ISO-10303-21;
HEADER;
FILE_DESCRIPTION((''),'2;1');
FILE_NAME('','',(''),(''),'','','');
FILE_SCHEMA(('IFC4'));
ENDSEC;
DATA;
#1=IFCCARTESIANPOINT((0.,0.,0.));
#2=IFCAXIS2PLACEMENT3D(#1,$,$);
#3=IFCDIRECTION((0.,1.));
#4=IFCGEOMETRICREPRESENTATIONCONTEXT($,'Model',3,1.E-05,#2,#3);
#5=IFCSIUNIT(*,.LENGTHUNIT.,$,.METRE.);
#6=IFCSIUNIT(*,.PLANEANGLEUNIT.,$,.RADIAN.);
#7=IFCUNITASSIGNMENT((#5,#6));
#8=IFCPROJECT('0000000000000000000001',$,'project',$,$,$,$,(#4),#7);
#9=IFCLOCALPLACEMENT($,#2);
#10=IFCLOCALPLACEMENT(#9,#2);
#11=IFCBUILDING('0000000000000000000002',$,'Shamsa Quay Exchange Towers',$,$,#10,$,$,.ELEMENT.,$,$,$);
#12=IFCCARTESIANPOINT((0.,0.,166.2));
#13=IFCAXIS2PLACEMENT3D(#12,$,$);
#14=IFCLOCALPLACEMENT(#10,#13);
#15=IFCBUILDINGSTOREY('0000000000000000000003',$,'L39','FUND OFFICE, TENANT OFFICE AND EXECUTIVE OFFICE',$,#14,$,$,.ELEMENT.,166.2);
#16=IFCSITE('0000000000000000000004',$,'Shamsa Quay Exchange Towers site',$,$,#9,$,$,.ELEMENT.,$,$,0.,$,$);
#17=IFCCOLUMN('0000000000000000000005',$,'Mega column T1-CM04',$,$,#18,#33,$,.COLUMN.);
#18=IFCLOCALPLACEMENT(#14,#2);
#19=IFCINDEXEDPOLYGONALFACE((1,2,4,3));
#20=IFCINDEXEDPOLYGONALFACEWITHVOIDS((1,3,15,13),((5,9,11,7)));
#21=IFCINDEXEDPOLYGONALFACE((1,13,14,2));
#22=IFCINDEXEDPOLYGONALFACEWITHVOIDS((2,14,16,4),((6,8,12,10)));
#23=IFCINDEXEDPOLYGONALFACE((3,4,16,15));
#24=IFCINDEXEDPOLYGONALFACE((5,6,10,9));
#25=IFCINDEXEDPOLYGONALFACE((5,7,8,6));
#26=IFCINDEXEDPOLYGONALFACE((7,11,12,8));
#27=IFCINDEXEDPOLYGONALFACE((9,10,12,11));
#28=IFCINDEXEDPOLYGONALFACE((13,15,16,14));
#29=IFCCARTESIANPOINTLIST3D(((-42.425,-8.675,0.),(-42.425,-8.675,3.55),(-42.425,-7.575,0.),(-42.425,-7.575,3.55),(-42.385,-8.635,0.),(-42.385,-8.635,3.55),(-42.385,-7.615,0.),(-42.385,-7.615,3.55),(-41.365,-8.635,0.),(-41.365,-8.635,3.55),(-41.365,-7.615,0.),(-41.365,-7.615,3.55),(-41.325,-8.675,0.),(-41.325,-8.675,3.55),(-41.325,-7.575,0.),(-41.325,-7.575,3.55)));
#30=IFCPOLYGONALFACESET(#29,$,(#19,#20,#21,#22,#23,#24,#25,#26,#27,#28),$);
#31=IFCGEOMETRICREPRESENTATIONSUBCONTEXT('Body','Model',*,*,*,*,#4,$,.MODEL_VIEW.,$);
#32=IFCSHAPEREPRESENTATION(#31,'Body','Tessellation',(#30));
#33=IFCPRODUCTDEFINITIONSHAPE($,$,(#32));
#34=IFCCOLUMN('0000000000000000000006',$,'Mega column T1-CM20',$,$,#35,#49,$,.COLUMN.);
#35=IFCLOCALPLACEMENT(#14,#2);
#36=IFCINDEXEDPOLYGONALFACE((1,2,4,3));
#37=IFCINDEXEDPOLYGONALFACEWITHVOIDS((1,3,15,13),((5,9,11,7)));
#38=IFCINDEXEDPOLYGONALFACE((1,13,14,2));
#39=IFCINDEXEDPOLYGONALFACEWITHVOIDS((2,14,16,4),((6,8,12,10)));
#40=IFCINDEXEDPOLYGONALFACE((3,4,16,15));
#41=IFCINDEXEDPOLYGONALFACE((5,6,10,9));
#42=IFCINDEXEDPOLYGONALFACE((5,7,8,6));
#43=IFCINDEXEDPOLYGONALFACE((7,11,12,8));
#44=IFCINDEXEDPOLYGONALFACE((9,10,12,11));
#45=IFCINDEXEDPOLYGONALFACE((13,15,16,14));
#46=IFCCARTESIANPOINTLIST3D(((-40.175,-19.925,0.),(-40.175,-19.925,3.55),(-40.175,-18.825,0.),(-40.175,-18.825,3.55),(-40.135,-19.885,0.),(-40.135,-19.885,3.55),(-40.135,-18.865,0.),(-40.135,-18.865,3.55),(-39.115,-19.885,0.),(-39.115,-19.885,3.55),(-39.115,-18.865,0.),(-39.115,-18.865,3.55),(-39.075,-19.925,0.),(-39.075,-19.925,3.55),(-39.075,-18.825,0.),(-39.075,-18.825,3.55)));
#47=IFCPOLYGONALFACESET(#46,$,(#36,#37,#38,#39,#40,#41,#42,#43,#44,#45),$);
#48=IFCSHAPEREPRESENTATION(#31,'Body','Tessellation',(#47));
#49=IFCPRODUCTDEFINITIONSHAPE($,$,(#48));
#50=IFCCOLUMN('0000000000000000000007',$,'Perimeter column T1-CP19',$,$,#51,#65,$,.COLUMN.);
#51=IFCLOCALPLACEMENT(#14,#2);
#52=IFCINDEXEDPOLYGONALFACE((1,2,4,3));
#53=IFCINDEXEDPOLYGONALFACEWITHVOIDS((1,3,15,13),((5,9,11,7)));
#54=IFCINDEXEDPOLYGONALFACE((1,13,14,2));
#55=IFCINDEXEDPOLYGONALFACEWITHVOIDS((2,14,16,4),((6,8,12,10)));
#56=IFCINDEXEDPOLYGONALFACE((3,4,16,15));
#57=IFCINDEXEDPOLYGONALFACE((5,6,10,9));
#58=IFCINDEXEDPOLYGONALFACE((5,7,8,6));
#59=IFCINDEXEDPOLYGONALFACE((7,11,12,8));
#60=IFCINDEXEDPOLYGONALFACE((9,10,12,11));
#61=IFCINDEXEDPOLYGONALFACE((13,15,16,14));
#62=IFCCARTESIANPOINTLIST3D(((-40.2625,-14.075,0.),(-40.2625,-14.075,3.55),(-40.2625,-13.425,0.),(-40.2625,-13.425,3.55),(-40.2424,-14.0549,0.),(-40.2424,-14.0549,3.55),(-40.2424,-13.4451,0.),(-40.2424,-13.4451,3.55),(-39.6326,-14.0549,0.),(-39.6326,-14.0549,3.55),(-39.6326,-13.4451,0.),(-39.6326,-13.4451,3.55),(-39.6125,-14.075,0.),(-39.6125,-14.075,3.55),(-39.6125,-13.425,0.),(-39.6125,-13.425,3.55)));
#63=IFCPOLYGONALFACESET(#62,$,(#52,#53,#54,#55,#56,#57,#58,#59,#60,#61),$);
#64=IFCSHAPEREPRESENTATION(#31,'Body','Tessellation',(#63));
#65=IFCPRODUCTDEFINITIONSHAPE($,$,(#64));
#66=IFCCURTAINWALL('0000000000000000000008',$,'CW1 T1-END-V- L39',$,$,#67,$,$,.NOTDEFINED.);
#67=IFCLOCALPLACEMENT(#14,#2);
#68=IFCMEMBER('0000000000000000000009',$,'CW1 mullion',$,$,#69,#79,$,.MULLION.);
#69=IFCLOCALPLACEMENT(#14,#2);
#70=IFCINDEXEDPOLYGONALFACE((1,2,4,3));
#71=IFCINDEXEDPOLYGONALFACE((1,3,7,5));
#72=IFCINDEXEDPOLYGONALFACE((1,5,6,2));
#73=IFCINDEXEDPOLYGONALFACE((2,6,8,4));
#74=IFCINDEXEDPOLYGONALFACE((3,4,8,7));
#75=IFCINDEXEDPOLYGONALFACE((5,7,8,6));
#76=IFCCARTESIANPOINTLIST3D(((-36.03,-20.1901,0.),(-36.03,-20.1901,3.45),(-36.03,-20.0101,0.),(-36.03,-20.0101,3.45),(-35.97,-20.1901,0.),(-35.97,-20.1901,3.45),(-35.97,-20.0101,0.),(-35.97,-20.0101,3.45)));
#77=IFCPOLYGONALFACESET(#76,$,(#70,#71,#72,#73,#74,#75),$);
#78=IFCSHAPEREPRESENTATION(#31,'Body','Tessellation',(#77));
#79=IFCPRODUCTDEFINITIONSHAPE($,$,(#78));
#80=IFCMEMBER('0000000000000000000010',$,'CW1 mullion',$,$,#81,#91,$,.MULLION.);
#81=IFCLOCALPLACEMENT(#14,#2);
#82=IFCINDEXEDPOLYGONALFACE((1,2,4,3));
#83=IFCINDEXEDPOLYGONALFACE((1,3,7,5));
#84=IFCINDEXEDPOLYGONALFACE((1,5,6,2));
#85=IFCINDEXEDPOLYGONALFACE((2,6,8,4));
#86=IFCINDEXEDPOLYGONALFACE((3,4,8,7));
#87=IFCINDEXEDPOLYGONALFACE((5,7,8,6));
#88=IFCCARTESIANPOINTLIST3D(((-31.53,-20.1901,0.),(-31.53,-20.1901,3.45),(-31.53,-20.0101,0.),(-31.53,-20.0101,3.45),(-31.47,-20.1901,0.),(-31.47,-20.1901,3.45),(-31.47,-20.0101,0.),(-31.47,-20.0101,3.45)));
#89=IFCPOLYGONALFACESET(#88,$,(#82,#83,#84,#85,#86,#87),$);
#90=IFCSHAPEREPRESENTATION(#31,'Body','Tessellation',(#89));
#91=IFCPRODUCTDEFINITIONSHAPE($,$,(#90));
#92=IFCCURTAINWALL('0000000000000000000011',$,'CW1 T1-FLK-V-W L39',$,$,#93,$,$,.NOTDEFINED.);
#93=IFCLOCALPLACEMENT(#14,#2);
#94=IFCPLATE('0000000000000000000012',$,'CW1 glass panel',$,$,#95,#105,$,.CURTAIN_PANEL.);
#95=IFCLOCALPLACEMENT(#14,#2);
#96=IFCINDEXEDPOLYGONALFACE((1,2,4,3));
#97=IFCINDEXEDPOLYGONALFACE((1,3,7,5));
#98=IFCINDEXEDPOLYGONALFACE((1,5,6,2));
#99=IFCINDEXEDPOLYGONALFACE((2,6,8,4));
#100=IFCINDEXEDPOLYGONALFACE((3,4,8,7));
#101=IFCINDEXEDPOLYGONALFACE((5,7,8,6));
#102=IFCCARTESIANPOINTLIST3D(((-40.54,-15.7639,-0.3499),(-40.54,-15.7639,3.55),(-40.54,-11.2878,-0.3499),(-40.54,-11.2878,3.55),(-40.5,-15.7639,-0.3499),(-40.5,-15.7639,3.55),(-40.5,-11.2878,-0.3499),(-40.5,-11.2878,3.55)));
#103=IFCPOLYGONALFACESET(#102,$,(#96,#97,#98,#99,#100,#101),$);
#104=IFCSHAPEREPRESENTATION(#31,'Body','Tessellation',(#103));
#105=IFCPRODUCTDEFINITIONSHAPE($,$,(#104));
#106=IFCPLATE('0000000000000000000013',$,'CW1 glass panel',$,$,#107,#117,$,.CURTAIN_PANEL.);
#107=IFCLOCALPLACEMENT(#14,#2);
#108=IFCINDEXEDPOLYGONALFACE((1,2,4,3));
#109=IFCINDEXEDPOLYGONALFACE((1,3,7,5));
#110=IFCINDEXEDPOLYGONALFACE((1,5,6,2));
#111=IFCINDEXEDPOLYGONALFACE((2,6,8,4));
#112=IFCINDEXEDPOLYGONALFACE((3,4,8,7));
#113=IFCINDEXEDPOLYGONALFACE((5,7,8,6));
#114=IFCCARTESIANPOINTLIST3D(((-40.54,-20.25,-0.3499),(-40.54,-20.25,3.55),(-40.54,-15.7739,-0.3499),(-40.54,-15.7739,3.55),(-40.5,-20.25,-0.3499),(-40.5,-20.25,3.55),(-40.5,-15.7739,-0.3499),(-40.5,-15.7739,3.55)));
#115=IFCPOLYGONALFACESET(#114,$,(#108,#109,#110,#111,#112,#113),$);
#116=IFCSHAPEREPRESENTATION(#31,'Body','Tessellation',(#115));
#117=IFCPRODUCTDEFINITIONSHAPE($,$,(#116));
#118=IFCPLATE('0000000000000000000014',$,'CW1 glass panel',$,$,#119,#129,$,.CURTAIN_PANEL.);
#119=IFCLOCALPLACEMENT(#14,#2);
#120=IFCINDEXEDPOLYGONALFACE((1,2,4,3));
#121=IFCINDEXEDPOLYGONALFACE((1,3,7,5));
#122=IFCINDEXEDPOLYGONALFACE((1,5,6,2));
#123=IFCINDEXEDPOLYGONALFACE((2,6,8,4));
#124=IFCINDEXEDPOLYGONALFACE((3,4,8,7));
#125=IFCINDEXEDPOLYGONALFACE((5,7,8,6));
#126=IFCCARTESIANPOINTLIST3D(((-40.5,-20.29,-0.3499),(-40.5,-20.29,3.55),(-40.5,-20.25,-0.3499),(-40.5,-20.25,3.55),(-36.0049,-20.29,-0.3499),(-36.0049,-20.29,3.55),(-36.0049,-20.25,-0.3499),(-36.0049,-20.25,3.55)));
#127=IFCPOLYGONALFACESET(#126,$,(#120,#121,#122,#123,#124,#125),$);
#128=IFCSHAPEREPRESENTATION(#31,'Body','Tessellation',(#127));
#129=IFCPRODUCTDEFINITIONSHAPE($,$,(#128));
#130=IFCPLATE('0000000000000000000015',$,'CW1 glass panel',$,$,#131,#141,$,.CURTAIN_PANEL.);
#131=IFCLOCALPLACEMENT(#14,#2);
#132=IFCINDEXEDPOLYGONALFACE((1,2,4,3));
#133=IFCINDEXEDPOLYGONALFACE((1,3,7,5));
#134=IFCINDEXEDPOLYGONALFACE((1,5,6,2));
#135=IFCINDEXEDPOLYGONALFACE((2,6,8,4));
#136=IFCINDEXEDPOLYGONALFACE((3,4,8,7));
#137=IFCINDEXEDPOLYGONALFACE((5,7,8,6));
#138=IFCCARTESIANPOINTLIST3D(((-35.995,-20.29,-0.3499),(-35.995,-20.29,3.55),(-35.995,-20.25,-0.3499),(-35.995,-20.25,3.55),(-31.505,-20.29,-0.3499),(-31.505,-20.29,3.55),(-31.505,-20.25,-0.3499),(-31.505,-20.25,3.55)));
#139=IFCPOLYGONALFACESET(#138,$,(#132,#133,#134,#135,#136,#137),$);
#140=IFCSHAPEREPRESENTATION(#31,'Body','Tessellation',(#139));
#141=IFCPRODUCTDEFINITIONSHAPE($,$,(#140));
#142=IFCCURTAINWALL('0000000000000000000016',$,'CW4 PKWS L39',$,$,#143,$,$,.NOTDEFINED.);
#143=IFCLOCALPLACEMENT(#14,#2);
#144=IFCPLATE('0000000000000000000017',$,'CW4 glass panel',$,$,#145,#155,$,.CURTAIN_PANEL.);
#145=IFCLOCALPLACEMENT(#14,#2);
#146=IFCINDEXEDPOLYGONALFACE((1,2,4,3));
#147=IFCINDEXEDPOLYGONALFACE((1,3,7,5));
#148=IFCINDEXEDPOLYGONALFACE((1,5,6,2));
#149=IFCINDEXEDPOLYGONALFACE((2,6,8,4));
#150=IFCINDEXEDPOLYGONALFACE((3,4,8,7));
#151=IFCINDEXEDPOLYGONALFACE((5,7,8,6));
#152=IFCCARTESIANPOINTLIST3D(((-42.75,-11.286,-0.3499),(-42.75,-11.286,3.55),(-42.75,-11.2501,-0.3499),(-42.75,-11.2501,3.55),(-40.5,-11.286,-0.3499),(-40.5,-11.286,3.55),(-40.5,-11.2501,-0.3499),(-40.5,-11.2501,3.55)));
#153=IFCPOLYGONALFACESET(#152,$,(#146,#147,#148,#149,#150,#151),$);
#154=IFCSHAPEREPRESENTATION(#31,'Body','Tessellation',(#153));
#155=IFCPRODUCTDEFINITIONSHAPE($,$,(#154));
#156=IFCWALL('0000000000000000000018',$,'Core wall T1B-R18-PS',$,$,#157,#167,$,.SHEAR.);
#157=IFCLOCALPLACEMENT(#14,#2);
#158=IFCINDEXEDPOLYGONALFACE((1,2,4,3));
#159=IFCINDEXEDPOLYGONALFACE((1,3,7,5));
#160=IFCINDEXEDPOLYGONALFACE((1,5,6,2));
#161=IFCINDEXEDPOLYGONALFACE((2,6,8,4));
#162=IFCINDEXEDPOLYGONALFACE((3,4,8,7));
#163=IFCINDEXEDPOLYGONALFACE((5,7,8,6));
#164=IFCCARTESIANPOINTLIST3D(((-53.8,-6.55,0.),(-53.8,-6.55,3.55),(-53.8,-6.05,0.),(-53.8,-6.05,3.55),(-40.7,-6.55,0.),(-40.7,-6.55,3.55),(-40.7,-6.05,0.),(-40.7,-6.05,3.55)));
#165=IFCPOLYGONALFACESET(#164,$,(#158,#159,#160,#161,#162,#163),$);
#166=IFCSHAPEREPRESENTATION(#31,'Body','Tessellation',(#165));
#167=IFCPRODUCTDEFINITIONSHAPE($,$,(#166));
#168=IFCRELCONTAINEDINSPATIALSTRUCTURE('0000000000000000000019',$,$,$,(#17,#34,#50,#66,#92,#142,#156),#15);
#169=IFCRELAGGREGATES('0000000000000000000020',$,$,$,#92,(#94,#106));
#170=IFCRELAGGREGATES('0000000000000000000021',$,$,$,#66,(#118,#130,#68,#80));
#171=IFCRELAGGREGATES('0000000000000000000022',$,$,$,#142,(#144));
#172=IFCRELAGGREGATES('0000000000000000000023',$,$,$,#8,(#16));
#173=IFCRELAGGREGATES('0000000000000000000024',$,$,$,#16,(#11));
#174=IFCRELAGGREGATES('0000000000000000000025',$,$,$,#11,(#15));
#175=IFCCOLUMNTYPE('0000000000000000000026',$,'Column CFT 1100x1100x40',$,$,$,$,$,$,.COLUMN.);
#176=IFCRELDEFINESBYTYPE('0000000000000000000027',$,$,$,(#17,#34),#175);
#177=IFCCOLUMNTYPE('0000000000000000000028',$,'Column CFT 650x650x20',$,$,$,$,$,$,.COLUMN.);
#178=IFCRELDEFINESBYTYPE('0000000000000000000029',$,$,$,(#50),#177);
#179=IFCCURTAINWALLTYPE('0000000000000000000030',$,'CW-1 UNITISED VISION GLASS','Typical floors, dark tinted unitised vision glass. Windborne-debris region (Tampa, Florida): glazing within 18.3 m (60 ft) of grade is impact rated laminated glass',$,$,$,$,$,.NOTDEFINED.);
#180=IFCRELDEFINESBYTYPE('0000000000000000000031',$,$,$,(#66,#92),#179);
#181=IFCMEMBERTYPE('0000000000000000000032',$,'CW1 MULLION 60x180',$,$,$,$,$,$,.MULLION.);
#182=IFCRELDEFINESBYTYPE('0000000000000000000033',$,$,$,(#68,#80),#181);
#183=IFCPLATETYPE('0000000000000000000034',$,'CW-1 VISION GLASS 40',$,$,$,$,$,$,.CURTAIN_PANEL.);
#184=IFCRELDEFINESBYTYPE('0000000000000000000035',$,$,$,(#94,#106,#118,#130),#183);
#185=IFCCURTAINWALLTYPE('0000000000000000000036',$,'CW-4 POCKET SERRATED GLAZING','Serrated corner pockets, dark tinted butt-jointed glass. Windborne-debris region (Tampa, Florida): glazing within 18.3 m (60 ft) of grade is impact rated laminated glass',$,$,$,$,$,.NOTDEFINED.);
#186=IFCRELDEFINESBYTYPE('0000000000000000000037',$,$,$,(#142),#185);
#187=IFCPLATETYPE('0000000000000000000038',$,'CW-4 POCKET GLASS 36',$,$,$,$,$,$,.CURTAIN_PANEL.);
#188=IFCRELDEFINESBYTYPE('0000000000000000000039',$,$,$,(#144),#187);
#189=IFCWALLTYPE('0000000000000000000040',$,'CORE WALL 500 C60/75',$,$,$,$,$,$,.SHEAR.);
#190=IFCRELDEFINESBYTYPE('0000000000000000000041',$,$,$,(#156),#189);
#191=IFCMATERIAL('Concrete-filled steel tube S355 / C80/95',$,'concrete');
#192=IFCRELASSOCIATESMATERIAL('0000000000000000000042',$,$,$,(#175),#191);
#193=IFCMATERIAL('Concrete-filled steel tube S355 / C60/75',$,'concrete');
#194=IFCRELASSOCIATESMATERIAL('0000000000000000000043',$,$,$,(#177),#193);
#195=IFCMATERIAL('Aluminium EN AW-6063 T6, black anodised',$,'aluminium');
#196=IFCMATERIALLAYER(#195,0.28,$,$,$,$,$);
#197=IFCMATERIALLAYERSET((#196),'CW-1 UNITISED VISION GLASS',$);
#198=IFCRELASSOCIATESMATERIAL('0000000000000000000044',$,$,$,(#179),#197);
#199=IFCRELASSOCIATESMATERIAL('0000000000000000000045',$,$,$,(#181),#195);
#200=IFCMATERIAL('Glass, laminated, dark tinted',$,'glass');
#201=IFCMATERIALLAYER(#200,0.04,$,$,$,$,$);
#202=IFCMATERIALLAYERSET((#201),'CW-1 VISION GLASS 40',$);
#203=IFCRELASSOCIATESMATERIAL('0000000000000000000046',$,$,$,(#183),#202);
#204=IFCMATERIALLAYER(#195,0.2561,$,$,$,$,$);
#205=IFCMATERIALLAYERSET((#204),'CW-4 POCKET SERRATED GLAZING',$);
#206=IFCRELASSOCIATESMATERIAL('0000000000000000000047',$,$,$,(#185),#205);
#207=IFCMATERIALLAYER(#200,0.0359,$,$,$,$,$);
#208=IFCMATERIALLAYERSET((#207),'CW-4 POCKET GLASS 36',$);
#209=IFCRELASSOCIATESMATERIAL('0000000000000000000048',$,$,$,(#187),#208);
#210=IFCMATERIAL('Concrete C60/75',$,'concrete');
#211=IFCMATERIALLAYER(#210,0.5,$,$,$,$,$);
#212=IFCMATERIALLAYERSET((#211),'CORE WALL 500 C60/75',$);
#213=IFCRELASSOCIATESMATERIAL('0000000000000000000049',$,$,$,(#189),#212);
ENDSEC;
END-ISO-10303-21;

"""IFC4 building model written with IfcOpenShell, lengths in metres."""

from ifc_helpers import new_model, si_unit, direction, frame, frame_2d, origin, origin_2d, place, context, subcontext, project, spatial, rectangle, hollow_rectangle, extrude, material, layer, layer_set, material_profile, profile_set, type_object, element, aggregate, save


model = new_model("IFC4")

# Units and contexts
model_context = context("Model", 3, precision=1e-05, world=origin(), true_north=direction((0.0, 1.0)))
body_context = subcontext(model_context, "Body", "Model", "MODEL_VIEW")
ifc_project = project(units=[si_unit("LENGTHUNIT", "METRE"), si_unit("PLANEANGLEUNIT", "RADIAN")], contexts=[model_context])

# Site, building, storey
site_placement = place(None, origin())
site = spatial("IfcSite", under=ifc_project, at=site_placement, Name="Shamsa Quay Exchange Towers site", CompositionType="ELEMENT", RefElevation=0.0)
building_placement = place(site_placement, origin())
building = spatial("IfcBuilding", under=site, at=building_placement, Name="Shamsa Quay Exchange Towers", CompositionType="ELEMENT")
storey_placement = place(building_placement, frame((0.0, 0.0, 166.2)))
storey = spatial("IfcBuildingStorey", under=building, at=storey_placement, Name="L39", Description="FUND OFFICE, TENANT OFFICE AND EXECUTIVE OFFICE", CompositionType="ELEMENT", Elevation=166.2)

# Columns
ifc_material_1 = material(Name="Concrete-filled steel tube S355 / C80/95", Category="concrete")
ifc_material_profile_1 = material_profile(ifc_material_1, hollow_rectangle(XDim=1.1001, YDim=1.1001, WallThickness=0.04, at=origin_2d()), Name="CFT 1100x1100x40")
ifc_profile_set_1 = profile_set([ifc_material_profile_1], Name="Concrete-filled steel tube S355 / C80/95")
column_type_1 = type_object("IfcColumnType", Name="Column CFT 1100x1100x40", PredefinedType="COLUMN", material=ifc_profile_set_1)
for number, where, name in (
    (1, (-41.875, -8.125, 0.0), "Mega column T1-CM04"),
    (2, (-39.625, -19.375, 0.0), "Mega column T1-CM20"),
):
    element("IfcColumn", number, at=place(storey_placement, frame(where)), inside=storey, type_object=column_type_1, Name=name, PredefinedType="COLUMN", context=body_context, shape_type="SweptSolid", body=[
        extrude(hollow_rectangle(XDim=1.1001, YDim=1.1001, WallThickness=0.04, at=origin_2d()), origin(), (0.0, 0.0, 1.0), 3.55),
    ])
ifc_material_2 = material(Name="Concrete-filled steel tube S355 / C60/75", Category="concrete")
ifc_material_profile_2 = material_profile(ifc_material_2, hollow_rectangle(XDim=0.6499, YDim=0.6499, WallThickness=0.02, at=origin_2d()), Name="CFT 650x650x20")
ifc_profile_set_2 = profile_set([ifc_material_profile_2], Name="Concrete-filled steel tube S355 / C60/75")
column_type_2 = type_object("IfcColumnType", Name="Column CFT 650x650x20", PredefinedType="COLUMN", material=ifc_profile_set_2)
column_placement = place(storey_placement, frame((-39.9375, -13.75, 0.0)))
element("IfcColumn", 3, at=column_placement, inside=storey, type_object=column_type_2, Name="Perimeter column T1-CP19", PredefinedType="COLUMN", context=body_context, shape_type="SweptSolid", body=[
    extrude(hollow_rectangle(XDim=0.6499, YDim=0.6499, WallThickness=0.02, at=origin_2d()), origin(), (0.0, 0.0, 1.0), 3.55),
])

# Curtain wall, members
ifc_material_3 = material(Name="Aluminium EN AW-6063 T6, black anodised", Category="aluminium")
ifc_layer_1 = layer(ifc_material_3, 0.28)
ifc_layer_set_1 = layer_set([ifc_layer_1], Name="CW-1 UNITISED VISION GLASS")
curtain_wall_type_1 = type_object("IfcCurtainWallType", Name="CW-1 UNITISED VISION GLASS", Description="Typical floors, dark tinted unitised vision glass. Windborne-debris region (Tampa, Florida): glazing within 18.3 m (60 ft) of grade is impact rated laminated glass", PredefinedType="NOTDEFINED", material=ifc_layer_set_1)
curtain_wall_1_placement = place(storey_placement, origin())
curtain_wall_1 = element("IfcCurtainWall", 4, at=curtain_wall_1_placement, inside=storey, type_object=curtain_wall_type_1, Name="CW1 T1-END-V- L39", PredefinedType="NOTDEFINED")
ifc_material_profile_3 = material_profile(ifc_material_3, rectangle(XDim=0.1799, YDim=0.0601, at=origin_2d()), Name="MU60x180")
ifc_profile_set_3 = profile_set([ifc_material_profile_3], Name="Aluminium EN AW-6063 T6, black anodised")
member_type = type_object("IfcMemberType", Name="CW1 MULLION 60x180", PredefinedType="MULLION", material=ifc_profile_set_3)
member_1_placement = place(storey_placement, frame((-36.0, -20.1001, 0.0), z_axis=(0.0, 0.0, 1.0), x_axis=(0.0, 1.0, 0.0)))
member_1 = element("IfcMember", 5, at=member_1_placement, type_object=member_type, Name="CW1 mullion", PredefinedType="MULLION", context=body_context, shape_type="SweptSolid", body=[
    extrude(rectangle(XDim=0.1799, YDim=0.0601, at=origin_2d()), origin(), (0.0, 0.0, 1.0), 3.45),
])
member_2_placement = place(storey_placement, frame((-31.5, -20.1001, 0.0), z_axis=(0.0, 0.0, 1.0), x_axis=(0.0, 1.0, 0.0)))
member_2 = element("IfcMember", 6, at=member_2_placement, type_object=member_type, Name="CW1 mullion", PredefinedType="MULLION", context=body_context, shape_type="SweptSolid", body=[
    extrude(rectangle(XDim=0.1799, YDim=0.0601, at=origin_2d()), origin(), (0.0, 0.0, 1.0), 3.45),
])

# Curtain wall, plates
curtain_wall_2_placement = place(storey_placement, origin())
curtain_wall_2 = element("IfcCurtainWall", 7, at=curtain_wall_2_placement, inside=storey, type_object=curtain_wall_type_1, Name="CW1 T1-FLK-V-W L39", PredefinedType="NOTDEFINED")
ifc_material_4 = material(Name="Glass, laminated, dark tinted", Category="glass")
ifc_layer_2 = layer(ifc_material_4, 0.04)
ifc_layer_set_2 = layer_set([ifc_layer_2], Name="CW-1 VISION GLASS 40")
plate_type_1 = type_object("IfcPlateType", Name="CW-1 VISION GLASS 40", PredefinedType="CURTAIN_PANEL", material=ifc_layer_set_2)
plate_1_placement = place(storey_placement, frame((-40.52, -13.5259, -0.3499), z_axis=(0.0, 0.0, 1.0), x_axis=(0.0, -1.0, 0.0)))
plate_1 = element("IfcPlate", 8, at=plate_1_placement, type_object=plate_type_1, Name="CW1 glass panel", PredefinedType="CURTAIN_PANEL", context=body_context, shape_type="SweptSolid", body=[
    extrude(rectangle(XDim=4.4761, YDim=0.04, at=origin_2d()), origin(), (0.0, 0.0, 1.0), 3.8999),
])
plate_2_placement = place(storey_placement, frame((-40.52, -18.012, -0.3499), z_axis=(0.0, 0.0, 1.0), x_axis=(0.0, -1.0, 0.0)))
plate_2 = element("IfcPlate", 9, at=plate_2_placement, type_object=plate_type_1, Name="CW1 glass panel", PredefinedType="CURTAIN_PANEL", context=body_context, shape_type="SweptSolid", body=[
    extrude(rectangle(XDim=4.4761, YDim=0.04, at=origin_2d()), origin(), (0.0, 0.0, 1.0), 3.8999),
])
aggregate(curtain_wall_2, [plate_1, plate_2])

# Plates
plate_3_placement = place(storey_placement, frame((-38.2524, -20.27, -0.3499)))
plate_3 = element("IfcPlate", 10, at=plate_3_placement, type_object=plate_type_1, Name="CW1 glass panel", PredefinedType="CURTAIN_PANEL", context=body_context, shape_type="SweptSolid", body=[
    extrude(rectangle(XDim=4.4951, YDim=0.04, at=origin_2d()), origin(), (0.0, 0.0, 1.0), 3.8999),
])
plate_4_placement = place(storey_placement, frame((-33.75, -20.27, -0.3499)))
plate_4 = element("IfcPlate", 11, at=plate_4_placement, type_object=plate_type_1, Name="CW1 glass panel", PredefinedType="CURTAIN_PANEL", context=body_context, shape_type="SweptSolid", body=[
    extrude(rectangle(XDim=4.49, YDim=0.04, at=origin_2d()), origin(), (0.0, 0.0, 1.0), 3.8999),
])
aggregate(curtain_wall_1, [plate_3, plate_4, member_1, member_2])

# Curtain wall, plate
ifc_layer_3 = layer(ifc_material_3, 0.2561)
ifc_layer_set_3 = layer_set([ifc_layer_3], Name="CW-4 POCKET SERRATED GLAZING")
curtain_wall_type_2 = type_object("IfcCurtainWallType", Name="CW-4 POCKET SERRATED GLAZING", Description="Serrated corner pockets, dark tinted butt-jointed glass. Windborne-debris region (Tampa, Florida): glazing within 18.3 m (60 ft) of grade is impact rated laminated glass", PredefinedType="NOTDEFINED", material=ifc_layer_set_3)
curtain_wall_3_placement = place(storey_placement, origin())
curtain_wall_3 = element("IfcCurtainWall", 12, at=curtain_wall_3_placement, inside=storey, type_object=curtain_wall_type_2, Name="CW4 PKWS L39", PredefinedType="NOTDEFINED")
ifc_layer_4 = layer(ifc_material_4, 0.0359)
ifc_layer_set_4 = layer_set([ifc_layer_4], Name="CW-4 POCKET GLASS 36")
plate_type_2 = type_object("IfcPlateType", Name="CW-4 POCKET GLASS 36", PredefinedType="CURTAIN_PANEL", material=ifc_layer_set_4)
plate_5_placement = place(storey_placement, frame((-41.625, -11.2681, -0.3499)))
plate_5 = element("IfcPlate", 13, at=plate_5_placement, type_object=plate_type_2, Name="CW4 glass panel", PredefinedType="CURTAIN_PANEL", context=body_context, shape_type="SweptSolid", body=[
    extrude(rectangle(XDim=2.25, YDim=0.0359, at=origin_2d()), origin(), (0.0, 0.0, 1.0), 3.8999),
])
aggregate(curtain_wall_3, [plate_5])

# Wall
ifc_material_5 = material(Name="Concrete C60/75", Category="concrete")
ifc_layer_5 = layer(ifc_material_5, 0.5)
ifc_layer_set_5 = layer_set([ifc_layer_5], Name="CORE WALL 500 C60/75")
wall_type_1 = type_object("IfcWallType", Name="CORE WALL 500 C60/75", PredefinedType="SHEAR", material=ifc_layer_set_5)
wall_1_placement = place(storey_placement, frame((-40.7, -6.3, 0.0), z_axis=(0.0, 0.0, 1.0), x_axis=(-1.0, 0.0, 0.0)))
element("IfcWall", 14, at=wall_1_placement, inside=storey, type_object=wall_type_1, Name="Core wall T1B-R18-PS", PredefinedType="SHEAR", context=body_context, shape_type="SweptSolid", body=[
    extrude(rectangle(XDim=13.1001, YDim=0.5, at=frame_2d((6.55, 0.0))), origin(), (0.0, 0.0, 1.0), 3.55),
])

save(model, "model.ifc")
